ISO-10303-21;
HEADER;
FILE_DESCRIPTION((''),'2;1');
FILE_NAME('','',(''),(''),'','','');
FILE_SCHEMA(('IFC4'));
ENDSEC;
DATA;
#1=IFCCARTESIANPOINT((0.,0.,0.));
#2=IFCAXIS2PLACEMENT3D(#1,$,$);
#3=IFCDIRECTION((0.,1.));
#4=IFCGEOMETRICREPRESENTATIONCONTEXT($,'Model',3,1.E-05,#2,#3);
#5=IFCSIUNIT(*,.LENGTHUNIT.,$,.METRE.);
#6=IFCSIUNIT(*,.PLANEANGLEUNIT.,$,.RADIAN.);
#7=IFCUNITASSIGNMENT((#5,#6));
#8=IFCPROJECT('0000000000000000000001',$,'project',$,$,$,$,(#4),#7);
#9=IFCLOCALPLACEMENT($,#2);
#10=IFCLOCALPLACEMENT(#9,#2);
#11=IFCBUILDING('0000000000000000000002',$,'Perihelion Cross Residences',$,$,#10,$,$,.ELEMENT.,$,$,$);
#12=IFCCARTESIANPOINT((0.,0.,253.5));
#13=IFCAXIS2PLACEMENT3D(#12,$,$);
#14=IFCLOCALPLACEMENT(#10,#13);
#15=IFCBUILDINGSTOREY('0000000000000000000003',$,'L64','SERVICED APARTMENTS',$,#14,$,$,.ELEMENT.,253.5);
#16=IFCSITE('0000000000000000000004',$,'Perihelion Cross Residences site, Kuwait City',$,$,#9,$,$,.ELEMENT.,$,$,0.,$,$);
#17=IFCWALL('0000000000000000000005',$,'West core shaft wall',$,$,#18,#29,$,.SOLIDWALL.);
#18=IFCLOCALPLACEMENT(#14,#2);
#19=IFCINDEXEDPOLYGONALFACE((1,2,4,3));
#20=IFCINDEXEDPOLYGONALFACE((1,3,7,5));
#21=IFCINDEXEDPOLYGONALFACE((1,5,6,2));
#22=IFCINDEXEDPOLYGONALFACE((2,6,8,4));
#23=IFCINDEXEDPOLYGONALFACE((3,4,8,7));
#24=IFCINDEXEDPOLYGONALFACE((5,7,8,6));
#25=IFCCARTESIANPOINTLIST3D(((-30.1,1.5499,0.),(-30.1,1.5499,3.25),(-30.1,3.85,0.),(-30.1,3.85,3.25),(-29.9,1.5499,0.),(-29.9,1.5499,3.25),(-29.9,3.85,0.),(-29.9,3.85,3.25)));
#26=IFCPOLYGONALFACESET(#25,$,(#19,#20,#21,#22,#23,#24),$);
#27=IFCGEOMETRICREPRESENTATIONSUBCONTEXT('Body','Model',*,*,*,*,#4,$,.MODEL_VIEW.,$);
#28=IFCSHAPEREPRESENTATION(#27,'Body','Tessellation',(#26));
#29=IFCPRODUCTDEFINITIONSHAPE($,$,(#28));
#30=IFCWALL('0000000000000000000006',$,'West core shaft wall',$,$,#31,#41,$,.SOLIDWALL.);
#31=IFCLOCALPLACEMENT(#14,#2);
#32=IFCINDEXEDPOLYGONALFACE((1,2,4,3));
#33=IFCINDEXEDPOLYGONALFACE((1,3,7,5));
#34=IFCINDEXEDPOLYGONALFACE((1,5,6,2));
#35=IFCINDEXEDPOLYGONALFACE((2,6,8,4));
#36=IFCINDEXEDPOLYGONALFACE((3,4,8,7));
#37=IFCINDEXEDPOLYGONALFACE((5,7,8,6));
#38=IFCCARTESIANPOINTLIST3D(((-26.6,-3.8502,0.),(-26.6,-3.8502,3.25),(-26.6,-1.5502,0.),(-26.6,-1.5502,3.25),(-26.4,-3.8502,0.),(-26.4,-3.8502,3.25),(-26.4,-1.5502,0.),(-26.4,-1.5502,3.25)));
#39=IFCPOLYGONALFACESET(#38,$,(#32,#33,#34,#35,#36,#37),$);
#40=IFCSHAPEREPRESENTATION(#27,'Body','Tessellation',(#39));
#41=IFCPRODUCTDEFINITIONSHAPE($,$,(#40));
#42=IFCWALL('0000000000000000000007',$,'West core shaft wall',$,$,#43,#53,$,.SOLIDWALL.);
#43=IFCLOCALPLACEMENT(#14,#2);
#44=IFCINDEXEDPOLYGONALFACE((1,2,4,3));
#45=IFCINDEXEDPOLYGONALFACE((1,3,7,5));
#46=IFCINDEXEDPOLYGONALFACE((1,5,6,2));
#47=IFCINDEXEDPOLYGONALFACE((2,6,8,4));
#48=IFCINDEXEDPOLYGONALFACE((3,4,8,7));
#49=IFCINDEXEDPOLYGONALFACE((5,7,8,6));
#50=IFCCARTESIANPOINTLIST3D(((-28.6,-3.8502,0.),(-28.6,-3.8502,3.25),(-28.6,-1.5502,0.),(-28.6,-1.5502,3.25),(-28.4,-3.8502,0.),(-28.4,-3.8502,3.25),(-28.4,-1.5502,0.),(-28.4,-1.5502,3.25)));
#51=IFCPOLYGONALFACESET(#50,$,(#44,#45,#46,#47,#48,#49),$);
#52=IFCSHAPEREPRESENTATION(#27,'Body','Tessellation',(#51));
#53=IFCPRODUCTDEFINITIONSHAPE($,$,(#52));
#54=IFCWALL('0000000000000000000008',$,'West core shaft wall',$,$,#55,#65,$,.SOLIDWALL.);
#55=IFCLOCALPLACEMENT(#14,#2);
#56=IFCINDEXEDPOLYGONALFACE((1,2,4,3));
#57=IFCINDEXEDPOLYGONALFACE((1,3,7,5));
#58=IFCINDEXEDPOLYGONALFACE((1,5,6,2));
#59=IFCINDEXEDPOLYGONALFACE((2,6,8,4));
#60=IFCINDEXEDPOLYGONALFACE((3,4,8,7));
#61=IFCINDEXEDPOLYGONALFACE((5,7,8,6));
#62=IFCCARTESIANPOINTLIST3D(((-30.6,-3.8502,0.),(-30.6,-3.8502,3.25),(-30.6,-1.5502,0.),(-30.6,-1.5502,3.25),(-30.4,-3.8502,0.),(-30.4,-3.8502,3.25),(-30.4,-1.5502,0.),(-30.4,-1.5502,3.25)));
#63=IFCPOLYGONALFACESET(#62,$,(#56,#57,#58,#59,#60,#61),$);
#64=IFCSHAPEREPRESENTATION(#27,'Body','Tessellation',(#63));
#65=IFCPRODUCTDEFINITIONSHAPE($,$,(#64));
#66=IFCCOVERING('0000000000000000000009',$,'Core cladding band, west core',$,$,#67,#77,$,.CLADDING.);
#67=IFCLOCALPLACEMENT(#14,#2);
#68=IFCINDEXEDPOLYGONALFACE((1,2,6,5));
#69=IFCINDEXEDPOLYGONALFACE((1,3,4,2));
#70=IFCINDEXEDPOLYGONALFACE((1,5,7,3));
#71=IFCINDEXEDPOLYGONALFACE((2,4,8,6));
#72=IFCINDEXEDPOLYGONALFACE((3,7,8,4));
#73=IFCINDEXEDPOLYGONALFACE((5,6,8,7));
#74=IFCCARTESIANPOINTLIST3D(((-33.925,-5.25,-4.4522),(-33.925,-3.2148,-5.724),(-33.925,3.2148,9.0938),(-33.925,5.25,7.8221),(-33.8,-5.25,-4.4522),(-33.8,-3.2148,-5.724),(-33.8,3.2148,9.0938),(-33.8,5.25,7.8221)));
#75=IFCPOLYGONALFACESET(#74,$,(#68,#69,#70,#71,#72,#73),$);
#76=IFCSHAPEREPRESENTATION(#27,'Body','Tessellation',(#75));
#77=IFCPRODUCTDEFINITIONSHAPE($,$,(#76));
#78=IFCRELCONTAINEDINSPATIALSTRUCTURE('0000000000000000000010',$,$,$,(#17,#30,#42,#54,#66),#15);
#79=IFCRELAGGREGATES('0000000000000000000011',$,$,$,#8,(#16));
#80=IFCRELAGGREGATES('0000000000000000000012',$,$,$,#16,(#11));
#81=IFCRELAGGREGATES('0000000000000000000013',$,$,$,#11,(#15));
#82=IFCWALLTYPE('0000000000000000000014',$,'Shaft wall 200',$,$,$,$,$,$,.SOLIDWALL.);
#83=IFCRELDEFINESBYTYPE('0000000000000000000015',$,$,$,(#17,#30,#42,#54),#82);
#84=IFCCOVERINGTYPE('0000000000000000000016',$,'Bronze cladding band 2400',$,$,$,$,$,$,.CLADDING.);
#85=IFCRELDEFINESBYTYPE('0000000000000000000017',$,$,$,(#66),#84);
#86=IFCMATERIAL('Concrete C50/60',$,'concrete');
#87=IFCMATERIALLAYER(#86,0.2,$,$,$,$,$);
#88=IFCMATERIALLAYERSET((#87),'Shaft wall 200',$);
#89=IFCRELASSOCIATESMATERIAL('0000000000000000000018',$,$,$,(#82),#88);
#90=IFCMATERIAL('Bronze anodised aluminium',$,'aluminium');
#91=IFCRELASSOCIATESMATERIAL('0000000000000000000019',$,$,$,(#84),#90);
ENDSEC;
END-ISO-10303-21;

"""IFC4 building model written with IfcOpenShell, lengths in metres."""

from ifc_helpers import new_model, si_unit, direction, frame, frame_2d, origin, origin_2d, place, context, subcontext, project, spatial, rectangle, extrude, material, layer, layer_set, material_profile, profile_set, type_object, element, save


model = new_model("IFC4")

# Units and contexts
model_context = context("Model", 3, precision=1e-05, world=origin(), true_north=direction((0.0, 1.0)))
body_context = subcontext(model_context, "Body", "Model", "MODEL_VIEW")
ifc_project = project(units=[si_unit("LENGTHUNIT", "METRE"), si_unit("PLANEANGLEUNIT", "RADIAN")], contexts=[model_context])

# Site, building, storey
site_placement = place(None, origin())
site = spatial("IfcSite", under=ifc_project, at=site_placement, Name="Perihelion Cross Residences site, Kuwait City", CompositionType="ELEMENT", RefElevation=0.0)
building_placement = place(site_placement, origin())
building = spatial("IfcBuilding", under=site, at=building_placement, Name="Perihelion Cross Residences", CompositionType="ELEMENT")
storey_placement = place(building_placement, frame((0.0, 0.0, 253.5)))
storey = spatial("IfcBuildingStorey", under=building, at=storey_placement, Name="L64", Description="SERVICED APARTMENTS", CompositionType="ELEMENT", Elevation=253.5)

# Shared definitions
ifc_material_1 = material(Name="Concrete C50/60", Category="concrete")
ifc_layer_1 = layer(ifc_material_1, 0.2)
ifc_layer_set_1 = layer_set([ifc_layer_1], Name="Shaft wall 200")
wall_type_1 = type_object("IfcWallType", Name="Shaft wall 200", PredefinedType="SOLIDWALL", material=ifc_layer_set_1)

# Walls
for number, where, z_axis, x_axis, name in (
    (1, (-30.0, 1.55, 0.0), (0.0, 0.0, 1.0), (0.0, 1.0, 0.0), "West core shaft wall"),
    (2, (-26.5, -3.8501, 0.0), (0.0, 0.0, 1.0), (0.0, 1.0, 0.0), "West core shaft wall"),
    (3, (-28.5, -3.8501, 0.0), (0.0, 0.0, 1.0), (0.0, 1.0, 0.0), "West core shaft wall"),
    (4, (-30.5, -3.8501, 0.0), (0.0, 0.0, 1.0), (0.0, 1.0, 0.0), "West core shaft wall"),
):
    element("IfcWall", number, at=place(storey_placement, frame(where, z_axis=z_axis, x_axis=x_axis)), inside=storey, type_object=wall_type_1, Name=name, PredefinedType="SOLIDWALL", context=body_context, shape_type="SweptSolid", body=[
        extrude(rectangle(XDim=2.3, YDim=0.2, at=frame_2d((1.1499, 0.0))), origin(), (0.0, 0.0, 1.0), 3.25),
    ])

# Covering
ifc_material_2 = material(Name="Bronze anodised aluminium", Category="aluminium")
ifc_material_profile = material_profile(ifc_material_2, rectangle(XDim=0.125, YDim=2.3999, at=origin_2d()), Name="Bronze cladding band 2400")
ifc_profile_set = profile_set([ifc_material_profile], Name="Bronze anodised aluminium")
covering_type = type_object("IfcCoveringType", Name="Bronze cladding band 2400", PredefinedType="CLADDING", material=ifc_profile_set)
covering_placement = place(storey_placement, frame((-33.8625, -4.2324, -5.0881), z_axis=(0.0, 0.529932, 0.84804), x_axis=(-1.0, 0.0, 0.0)))
element("IfcCovering", 5, at=covering_placement, inside=storey, type_object=covering_type, Name="Core cladding band, west core", PredefinedType="CLADDING", context=body_context, shape_type="SweptSolid", body=[
    extrude(rectangle(XDim=0.125, YDim=2.3999, at=origin_2d()), origin(), (0.0, 0.0, 1.0), 15.9734),
])

save(model, "model.ifc")
